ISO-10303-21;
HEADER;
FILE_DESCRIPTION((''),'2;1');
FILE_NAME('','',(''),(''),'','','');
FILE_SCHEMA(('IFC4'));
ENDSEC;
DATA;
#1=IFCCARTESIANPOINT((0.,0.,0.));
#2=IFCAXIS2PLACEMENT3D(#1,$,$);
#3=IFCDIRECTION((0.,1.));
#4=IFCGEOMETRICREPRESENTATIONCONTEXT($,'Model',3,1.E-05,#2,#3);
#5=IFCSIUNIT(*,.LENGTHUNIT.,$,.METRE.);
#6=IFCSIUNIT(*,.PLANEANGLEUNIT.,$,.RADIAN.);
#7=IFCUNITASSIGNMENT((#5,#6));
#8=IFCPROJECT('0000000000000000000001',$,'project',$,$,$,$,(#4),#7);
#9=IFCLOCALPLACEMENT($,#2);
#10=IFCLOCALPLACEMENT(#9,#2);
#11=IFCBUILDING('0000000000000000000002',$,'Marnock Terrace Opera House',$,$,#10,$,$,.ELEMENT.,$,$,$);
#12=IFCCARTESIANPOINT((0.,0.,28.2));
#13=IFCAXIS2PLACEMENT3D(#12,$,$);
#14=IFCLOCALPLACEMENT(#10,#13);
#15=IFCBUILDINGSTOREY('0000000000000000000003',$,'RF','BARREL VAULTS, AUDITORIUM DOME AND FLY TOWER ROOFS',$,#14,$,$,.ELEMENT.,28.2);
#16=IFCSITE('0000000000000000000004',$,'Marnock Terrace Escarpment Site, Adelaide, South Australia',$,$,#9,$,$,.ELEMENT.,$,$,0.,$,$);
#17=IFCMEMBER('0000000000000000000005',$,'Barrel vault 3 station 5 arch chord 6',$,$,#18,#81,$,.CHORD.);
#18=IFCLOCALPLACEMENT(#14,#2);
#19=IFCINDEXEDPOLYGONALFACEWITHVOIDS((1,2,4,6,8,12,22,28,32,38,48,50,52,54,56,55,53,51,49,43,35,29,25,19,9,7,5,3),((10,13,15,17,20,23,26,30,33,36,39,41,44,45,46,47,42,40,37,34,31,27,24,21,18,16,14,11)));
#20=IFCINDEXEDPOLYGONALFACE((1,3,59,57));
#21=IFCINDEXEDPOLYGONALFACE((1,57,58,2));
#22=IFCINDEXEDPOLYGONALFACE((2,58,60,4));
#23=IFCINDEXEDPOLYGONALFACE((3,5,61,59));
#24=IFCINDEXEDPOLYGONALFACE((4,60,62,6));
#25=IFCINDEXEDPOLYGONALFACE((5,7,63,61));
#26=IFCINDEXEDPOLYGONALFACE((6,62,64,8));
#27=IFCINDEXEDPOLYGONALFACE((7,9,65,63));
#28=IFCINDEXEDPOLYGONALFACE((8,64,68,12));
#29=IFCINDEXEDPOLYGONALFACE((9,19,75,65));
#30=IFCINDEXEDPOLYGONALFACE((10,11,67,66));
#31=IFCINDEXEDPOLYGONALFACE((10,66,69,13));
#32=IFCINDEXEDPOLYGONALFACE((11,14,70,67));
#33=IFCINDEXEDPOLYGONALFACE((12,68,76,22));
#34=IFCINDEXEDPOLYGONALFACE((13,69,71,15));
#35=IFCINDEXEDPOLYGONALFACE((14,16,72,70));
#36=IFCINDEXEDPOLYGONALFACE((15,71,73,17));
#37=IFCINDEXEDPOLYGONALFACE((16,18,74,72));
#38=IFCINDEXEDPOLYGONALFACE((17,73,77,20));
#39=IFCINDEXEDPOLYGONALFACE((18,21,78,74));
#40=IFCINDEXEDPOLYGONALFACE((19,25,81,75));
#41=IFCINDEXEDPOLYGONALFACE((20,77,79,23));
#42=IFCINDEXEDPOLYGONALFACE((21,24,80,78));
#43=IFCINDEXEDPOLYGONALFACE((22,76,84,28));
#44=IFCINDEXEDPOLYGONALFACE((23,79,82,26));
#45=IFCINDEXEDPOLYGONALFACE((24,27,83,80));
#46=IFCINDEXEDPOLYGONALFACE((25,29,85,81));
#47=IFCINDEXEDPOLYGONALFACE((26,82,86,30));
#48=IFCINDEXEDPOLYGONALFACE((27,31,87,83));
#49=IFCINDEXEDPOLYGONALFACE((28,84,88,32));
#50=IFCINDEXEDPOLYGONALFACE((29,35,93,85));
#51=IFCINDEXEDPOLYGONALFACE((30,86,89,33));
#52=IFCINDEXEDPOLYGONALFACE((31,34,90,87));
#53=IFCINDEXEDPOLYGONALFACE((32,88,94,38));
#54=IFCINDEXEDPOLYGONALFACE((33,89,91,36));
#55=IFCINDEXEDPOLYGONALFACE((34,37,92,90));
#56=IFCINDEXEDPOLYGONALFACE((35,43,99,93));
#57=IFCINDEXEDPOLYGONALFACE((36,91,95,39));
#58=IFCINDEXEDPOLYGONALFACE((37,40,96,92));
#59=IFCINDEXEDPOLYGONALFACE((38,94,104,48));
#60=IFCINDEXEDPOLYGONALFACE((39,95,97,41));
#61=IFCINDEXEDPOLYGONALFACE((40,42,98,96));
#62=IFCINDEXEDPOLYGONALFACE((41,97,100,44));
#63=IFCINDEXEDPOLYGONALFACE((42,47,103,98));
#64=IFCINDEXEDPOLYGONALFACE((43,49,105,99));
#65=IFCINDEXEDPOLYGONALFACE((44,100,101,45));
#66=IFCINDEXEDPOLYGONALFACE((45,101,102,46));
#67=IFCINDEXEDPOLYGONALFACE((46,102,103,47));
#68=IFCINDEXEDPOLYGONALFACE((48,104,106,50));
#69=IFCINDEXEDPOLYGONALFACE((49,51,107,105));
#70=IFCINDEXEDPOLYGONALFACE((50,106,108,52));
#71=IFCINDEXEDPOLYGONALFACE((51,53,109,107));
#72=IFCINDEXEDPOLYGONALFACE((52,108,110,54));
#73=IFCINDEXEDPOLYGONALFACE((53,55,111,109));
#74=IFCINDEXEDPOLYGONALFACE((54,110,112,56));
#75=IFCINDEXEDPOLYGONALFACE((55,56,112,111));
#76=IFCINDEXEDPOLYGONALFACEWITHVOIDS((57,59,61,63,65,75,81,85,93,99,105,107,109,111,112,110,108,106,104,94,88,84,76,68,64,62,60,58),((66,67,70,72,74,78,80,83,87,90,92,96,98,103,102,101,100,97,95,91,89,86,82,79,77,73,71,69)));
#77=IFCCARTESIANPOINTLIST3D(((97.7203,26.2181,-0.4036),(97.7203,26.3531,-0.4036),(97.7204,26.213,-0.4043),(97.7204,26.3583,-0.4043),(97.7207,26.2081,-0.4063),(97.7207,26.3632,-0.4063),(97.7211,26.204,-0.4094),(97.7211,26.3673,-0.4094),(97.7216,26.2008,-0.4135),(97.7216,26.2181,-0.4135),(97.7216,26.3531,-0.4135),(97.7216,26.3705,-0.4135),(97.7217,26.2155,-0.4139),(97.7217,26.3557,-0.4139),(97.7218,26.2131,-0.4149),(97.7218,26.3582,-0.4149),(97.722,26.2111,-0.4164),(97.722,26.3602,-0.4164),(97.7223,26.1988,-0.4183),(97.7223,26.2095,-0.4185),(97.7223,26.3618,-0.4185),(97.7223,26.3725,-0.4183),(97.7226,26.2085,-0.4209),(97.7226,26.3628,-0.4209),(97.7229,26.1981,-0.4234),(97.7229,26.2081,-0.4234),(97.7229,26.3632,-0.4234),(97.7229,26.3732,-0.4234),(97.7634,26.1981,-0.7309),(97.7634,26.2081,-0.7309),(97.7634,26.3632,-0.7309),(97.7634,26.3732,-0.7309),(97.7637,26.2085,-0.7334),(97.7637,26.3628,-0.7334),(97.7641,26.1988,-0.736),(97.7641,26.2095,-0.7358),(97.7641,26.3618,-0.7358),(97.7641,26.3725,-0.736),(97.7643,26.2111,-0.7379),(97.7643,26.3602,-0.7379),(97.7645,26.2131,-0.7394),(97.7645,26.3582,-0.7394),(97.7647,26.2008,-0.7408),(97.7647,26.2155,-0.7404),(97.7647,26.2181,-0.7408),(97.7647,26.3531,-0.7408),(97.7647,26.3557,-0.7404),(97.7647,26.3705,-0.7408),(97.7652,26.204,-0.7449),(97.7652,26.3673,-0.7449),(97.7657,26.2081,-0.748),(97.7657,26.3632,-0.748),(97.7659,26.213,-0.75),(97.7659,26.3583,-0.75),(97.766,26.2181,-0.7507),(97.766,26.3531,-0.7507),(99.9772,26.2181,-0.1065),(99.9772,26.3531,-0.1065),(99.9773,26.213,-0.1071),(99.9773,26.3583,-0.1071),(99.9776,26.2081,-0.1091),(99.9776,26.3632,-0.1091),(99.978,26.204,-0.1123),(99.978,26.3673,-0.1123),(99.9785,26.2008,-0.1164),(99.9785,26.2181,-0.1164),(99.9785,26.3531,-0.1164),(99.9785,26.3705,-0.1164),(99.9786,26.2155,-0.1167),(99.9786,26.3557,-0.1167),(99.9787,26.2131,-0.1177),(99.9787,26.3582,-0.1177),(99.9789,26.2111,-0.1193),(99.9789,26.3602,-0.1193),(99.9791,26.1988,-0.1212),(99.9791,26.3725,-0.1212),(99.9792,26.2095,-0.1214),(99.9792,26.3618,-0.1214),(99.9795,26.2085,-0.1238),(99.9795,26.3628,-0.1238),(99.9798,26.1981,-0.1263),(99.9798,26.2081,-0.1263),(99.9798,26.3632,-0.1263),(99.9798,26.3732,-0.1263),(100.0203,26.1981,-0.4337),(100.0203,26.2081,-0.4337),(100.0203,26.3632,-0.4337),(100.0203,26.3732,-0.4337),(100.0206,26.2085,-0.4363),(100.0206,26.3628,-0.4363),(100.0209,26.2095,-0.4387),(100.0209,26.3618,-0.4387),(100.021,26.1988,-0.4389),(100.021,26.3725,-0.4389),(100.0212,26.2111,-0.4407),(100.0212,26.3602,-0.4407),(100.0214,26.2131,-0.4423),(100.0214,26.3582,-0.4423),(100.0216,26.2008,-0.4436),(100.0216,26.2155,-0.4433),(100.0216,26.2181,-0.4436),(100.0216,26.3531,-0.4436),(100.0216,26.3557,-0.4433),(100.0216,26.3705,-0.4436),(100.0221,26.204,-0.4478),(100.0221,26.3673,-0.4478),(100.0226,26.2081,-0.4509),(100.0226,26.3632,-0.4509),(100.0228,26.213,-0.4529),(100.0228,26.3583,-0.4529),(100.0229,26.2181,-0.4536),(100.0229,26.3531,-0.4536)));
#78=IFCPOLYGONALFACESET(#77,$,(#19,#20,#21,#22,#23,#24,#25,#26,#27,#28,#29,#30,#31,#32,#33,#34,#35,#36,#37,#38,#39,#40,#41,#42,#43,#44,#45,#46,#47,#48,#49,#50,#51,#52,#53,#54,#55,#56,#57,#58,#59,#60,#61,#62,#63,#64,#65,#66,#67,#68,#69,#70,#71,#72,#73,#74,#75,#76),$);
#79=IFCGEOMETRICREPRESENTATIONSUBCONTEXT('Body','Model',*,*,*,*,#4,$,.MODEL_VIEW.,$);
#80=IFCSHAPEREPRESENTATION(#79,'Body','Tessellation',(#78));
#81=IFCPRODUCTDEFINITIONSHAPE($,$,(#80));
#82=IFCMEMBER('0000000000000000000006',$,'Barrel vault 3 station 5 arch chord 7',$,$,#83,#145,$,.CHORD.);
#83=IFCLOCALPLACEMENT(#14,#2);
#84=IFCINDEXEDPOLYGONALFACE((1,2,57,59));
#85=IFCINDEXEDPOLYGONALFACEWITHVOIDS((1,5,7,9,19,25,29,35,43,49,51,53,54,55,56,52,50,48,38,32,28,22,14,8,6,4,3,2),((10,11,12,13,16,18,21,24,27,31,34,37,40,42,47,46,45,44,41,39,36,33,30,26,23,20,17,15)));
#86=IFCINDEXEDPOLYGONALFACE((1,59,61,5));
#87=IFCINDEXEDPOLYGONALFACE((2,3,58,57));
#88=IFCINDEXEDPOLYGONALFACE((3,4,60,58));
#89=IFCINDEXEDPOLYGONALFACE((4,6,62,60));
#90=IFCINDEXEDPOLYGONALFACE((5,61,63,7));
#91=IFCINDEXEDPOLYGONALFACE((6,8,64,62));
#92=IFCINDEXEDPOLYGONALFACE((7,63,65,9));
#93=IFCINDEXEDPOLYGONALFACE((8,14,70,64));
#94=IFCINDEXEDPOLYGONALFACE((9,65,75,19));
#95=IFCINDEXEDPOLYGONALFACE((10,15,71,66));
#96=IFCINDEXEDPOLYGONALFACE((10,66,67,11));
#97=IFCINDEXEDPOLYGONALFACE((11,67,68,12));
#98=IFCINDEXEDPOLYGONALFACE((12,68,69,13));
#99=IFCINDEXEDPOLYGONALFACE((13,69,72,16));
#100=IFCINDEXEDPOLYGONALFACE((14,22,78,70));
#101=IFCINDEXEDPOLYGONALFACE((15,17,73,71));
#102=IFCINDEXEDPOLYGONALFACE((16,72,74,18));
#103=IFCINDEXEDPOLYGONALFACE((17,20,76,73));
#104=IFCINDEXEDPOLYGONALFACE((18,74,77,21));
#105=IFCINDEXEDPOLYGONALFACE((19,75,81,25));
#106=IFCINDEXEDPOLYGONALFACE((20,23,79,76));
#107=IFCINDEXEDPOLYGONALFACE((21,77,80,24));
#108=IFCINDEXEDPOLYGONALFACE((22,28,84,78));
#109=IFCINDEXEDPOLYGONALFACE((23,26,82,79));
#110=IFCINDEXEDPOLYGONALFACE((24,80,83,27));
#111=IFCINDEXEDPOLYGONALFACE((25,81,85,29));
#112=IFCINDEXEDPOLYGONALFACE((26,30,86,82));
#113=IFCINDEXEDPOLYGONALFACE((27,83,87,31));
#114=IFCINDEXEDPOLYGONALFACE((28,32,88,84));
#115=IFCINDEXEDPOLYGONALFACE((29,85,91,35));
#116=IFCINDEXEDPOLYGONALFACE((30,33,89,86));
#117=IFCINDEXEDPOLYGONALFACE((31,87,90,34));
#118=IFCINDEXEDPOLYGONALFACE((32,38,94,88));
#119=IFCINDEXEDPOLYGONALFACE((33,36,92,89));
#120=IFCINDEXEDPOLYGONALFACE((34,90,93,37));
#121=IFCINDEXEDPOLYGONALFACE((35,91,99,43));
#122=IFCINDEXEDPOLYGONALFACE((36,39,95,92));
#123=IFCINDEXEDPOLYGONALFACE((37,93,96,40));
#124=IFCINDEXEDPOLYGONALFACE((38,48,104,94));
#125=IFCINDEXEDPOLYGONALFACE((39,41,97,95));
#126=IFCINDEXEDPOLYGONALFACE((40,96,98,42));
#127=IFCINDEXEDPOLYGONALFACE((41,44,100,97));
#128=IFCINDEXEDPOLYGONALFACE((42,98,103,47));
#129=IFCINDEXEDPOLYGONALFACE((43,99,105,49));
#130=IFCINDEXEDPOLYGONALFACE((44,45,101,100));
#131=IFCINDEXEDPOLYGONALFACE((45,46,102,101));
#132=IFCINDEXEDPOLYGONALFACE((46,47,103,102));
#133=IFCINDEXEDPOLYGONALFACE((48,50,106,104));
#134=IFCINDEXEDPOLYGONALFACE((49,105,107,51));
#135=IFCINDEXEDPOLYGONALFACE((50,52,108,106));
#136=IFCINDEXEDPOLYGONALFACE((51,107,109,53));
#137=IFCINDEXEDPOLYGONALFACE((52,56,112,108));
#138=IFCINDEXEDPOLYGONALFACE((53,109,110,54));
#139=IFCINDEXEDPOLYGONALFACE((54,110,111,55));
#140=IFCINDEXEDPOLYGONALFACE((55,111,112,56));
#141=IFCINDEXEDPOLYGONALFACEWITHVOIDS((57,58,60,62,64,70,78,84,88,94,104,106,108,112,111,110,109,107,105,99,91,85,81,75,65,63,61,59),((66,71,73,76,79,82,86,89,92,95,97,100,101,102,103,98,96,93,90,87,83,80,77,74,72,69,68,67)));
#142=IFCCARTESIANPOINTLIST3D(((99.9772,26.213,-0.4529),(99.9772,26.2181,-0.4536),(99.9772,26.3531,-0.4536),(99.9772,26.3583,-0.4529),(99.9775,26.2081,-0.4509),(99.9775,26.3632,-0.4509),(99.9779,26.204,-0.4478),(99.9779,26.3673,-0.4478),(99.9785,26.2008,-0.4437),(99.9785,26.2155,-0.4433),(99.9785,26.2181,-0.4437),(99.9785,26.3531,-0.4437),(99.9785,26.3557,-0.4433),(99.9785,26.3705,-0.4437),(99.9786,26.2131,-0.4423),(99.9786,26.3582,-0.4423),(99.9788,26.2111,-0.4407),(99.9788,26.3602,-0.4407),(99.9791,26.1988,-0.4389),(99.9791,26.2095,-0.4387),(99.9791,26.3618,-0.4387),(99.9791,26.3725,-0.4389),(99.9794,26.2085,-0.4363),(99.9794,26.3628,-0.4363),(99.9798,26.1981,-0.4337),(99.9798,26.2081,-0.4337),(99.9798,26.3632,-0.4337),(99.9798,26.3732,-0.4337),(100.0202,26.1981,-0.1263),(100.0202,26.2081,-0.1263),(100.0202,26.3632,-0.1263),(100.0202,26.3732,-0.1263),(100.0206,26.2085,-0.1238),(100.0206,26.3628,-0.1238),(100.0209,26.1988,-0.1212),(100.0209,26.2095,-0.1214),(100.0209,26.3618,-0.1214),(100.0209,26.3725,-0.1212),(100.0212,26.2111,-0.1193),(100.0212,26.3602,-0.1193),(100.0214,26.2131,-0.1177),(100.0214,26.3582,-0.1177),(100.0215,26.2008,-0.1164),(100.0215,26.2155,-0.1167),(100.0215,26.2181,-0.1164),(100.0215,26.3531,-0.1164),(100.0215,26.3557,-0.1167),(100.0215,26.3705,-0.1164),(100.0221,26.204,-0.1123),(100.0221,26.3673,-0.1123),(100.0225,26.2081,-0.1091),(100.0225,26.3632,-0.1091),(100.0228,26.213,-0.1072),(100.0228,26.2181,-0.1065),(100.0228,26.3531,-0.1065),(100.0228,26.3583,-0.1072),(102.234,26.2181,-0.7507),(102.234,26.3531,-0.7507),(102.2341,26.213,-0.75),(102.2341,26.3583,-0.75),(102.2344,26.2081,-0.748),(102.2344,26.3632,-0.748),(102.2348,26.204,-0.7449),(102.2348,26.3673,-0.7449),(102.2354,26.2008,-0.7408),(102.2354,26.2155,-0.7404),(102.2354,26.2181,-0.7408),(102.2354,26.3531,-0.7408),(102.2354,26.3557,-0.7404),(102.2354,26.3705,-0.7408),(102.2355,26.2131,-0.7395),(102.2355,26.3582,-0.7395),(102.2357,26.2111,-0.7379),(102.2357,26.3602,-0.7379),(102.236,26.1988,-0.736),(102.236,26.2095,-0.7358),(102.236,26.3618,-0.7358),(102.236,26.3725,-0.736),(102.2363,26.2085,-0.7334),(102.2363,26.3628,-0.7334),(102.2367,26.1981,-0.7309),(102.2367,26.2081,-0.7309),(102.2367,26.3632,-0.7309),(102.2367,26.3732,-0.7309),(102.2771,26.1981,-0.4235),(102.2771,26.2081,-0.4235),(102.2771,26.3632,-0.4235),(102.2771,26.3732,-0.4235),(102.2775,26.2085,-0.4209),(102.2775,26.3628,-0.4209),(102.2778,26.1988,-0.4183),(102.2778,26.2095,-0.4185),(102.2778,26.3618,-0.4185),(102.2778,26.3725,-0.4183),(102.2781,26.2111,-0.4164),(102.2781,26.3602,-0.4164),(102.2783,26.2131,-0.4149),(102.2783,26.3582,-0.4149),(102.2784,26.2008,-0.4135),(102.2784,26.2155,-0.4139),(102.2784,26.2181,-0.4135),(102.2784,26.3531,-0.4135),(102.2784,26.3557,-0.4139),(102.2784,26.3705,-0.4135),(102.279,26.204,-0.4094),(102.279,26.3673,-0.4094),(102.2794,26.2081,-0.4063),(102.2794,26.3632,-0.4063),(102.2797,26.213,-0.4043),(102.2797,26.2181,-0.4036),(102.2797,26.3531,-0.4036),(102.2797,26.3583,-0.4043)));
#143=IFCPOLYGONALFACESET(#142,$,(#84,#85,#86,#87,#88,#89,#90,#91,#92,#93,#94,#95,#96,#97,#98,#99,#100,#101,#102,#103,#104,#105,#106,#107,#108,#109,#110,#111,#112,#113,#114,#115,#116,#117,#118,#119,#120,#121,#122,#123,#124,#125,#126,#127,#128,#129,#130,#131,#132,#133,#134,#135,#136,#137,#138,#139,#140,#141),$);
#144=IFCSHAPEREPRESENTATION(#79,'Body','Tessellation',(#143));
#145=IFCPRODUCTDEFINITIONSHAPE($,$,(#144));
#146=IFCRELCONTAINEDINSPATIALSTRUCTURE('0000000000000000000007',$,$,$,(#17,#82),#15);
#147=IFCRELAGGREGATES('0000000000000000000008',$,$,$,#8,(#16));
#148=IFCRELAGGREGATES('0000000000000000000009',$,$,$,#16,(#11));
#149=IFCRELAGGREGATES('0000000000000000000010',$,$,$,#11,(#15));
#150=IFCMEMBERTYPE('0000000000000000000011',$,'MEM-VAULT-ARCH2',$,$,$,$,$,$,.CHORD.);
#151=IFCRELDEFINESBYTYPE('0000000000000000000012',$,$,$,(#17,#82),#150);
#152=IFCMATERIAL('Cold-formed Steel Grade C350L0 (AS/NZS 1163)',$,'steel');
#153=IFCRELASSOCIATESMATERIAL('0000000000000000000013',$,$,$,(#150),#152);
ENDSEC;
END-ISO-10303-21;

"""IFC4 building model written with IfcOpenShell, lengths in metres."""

from ifc_helpers import new_model, si_unit, direction, frame, origin, origin_2d, place, context, subcontext, project, spatial, hollow_rectangle, extrude, material, material_profile, profile_set, type_object, element, save


model = new_model("IFC4")

# Units and contexts
model_context = context("Model", 3, precision=1e-05, world=origin(), true_north=direction((0.0, 1.0)))
body_context = subcontext(model_context, "Body", "Model", "MODEL_VIEW")
ifc_project = project(units=[si_unit("LENGTHUNIT", "METRE"), si_unit("PLANEANGLEUNIT", "RADIAN")], contexts=[model_context])

# Site, building, storey
site_placement = place(None, origin())
site = spatial("IfcSite", under=ifc_project, at=site_placement, Name="Marnock Terrace Escarpment Site, Adelaide, South Australia", CompositionType="ELEMENT", RefElevation=0.0)
building_placement = place(site_placement, origin())
building = spatial("IfcBuilding", under=site, at=building_placement, Name="Marnock Terrace Opera House", CompositionType="ELEMENT")
storey_placement = place(building_placement, frame((0.0, 0.0, 28.2)))
storey = spatial("IfcBuildingStorey", under=building, at=storey_placement, Name="RF", Description="BARREL VAULTS, AUDITORIUM DOME AND FLY TOWER ROOFS", CompositionType="ELEMENT", Elevation=28.2)

# Members
ifc_material = material(Name="Cold-formed Steel Grade C350L0 (AS/NZS 1163)", Category="steel")
ifc_material_profile_1 = material_profile(ifc_material, hollow_rectangle(XDim=0.175, YDim=0.3501, WallThickness=0.01, InnerFilletRadius=0.01, OuterFilletRadius=0.02, at=origin_2d()))
ifc_profile_set_1 = profile_set([ifc_material_profile_1], Name="Cold-formed Steel Grade C350L0 (AS/NZS 1163)")
member_type_1 = type_object("IfcMemberType", Name="MEM-VAULT-ARCH2", PredefinedType="CHORD", material=ifc_profile_set_1)
for number, where, z_axis, x_axis, name in (
    (1, (97.7432, 26.2856, -0.5771), (0.991445, 0.0, 0.130527), (0.0, 1.0, 0.0), "Barrel vault 3 station 5 arch chord 6"),
    (2, (100.0, 26.2856, -0.28), (0.991445, 0.0, -0.130527), (0.0, 1.0, 0.0), "Barrel vault 3 station 5 arch chord 7"),
):
    element("IfcMember", number, at=place(storey_placement, frame(where, z_axis=z_axis, x_axis=x_axis)), inside=storey, type_object=member_type_1, Name=name, PredefinedType="CHORD", context=body_context, shape_type="SweptSolid", body=[
        extrude(hollow_rectangle(XDim=0.175, YDim=0.3501, WallThickness=0.01, InnerFilletRadius=0.01, OuterFilletRadius=0.02, at=origin_2d()), origin(), (0.0, 0.0, 1.0), 2.2764),
    ])

save(model, "model.ifc")
